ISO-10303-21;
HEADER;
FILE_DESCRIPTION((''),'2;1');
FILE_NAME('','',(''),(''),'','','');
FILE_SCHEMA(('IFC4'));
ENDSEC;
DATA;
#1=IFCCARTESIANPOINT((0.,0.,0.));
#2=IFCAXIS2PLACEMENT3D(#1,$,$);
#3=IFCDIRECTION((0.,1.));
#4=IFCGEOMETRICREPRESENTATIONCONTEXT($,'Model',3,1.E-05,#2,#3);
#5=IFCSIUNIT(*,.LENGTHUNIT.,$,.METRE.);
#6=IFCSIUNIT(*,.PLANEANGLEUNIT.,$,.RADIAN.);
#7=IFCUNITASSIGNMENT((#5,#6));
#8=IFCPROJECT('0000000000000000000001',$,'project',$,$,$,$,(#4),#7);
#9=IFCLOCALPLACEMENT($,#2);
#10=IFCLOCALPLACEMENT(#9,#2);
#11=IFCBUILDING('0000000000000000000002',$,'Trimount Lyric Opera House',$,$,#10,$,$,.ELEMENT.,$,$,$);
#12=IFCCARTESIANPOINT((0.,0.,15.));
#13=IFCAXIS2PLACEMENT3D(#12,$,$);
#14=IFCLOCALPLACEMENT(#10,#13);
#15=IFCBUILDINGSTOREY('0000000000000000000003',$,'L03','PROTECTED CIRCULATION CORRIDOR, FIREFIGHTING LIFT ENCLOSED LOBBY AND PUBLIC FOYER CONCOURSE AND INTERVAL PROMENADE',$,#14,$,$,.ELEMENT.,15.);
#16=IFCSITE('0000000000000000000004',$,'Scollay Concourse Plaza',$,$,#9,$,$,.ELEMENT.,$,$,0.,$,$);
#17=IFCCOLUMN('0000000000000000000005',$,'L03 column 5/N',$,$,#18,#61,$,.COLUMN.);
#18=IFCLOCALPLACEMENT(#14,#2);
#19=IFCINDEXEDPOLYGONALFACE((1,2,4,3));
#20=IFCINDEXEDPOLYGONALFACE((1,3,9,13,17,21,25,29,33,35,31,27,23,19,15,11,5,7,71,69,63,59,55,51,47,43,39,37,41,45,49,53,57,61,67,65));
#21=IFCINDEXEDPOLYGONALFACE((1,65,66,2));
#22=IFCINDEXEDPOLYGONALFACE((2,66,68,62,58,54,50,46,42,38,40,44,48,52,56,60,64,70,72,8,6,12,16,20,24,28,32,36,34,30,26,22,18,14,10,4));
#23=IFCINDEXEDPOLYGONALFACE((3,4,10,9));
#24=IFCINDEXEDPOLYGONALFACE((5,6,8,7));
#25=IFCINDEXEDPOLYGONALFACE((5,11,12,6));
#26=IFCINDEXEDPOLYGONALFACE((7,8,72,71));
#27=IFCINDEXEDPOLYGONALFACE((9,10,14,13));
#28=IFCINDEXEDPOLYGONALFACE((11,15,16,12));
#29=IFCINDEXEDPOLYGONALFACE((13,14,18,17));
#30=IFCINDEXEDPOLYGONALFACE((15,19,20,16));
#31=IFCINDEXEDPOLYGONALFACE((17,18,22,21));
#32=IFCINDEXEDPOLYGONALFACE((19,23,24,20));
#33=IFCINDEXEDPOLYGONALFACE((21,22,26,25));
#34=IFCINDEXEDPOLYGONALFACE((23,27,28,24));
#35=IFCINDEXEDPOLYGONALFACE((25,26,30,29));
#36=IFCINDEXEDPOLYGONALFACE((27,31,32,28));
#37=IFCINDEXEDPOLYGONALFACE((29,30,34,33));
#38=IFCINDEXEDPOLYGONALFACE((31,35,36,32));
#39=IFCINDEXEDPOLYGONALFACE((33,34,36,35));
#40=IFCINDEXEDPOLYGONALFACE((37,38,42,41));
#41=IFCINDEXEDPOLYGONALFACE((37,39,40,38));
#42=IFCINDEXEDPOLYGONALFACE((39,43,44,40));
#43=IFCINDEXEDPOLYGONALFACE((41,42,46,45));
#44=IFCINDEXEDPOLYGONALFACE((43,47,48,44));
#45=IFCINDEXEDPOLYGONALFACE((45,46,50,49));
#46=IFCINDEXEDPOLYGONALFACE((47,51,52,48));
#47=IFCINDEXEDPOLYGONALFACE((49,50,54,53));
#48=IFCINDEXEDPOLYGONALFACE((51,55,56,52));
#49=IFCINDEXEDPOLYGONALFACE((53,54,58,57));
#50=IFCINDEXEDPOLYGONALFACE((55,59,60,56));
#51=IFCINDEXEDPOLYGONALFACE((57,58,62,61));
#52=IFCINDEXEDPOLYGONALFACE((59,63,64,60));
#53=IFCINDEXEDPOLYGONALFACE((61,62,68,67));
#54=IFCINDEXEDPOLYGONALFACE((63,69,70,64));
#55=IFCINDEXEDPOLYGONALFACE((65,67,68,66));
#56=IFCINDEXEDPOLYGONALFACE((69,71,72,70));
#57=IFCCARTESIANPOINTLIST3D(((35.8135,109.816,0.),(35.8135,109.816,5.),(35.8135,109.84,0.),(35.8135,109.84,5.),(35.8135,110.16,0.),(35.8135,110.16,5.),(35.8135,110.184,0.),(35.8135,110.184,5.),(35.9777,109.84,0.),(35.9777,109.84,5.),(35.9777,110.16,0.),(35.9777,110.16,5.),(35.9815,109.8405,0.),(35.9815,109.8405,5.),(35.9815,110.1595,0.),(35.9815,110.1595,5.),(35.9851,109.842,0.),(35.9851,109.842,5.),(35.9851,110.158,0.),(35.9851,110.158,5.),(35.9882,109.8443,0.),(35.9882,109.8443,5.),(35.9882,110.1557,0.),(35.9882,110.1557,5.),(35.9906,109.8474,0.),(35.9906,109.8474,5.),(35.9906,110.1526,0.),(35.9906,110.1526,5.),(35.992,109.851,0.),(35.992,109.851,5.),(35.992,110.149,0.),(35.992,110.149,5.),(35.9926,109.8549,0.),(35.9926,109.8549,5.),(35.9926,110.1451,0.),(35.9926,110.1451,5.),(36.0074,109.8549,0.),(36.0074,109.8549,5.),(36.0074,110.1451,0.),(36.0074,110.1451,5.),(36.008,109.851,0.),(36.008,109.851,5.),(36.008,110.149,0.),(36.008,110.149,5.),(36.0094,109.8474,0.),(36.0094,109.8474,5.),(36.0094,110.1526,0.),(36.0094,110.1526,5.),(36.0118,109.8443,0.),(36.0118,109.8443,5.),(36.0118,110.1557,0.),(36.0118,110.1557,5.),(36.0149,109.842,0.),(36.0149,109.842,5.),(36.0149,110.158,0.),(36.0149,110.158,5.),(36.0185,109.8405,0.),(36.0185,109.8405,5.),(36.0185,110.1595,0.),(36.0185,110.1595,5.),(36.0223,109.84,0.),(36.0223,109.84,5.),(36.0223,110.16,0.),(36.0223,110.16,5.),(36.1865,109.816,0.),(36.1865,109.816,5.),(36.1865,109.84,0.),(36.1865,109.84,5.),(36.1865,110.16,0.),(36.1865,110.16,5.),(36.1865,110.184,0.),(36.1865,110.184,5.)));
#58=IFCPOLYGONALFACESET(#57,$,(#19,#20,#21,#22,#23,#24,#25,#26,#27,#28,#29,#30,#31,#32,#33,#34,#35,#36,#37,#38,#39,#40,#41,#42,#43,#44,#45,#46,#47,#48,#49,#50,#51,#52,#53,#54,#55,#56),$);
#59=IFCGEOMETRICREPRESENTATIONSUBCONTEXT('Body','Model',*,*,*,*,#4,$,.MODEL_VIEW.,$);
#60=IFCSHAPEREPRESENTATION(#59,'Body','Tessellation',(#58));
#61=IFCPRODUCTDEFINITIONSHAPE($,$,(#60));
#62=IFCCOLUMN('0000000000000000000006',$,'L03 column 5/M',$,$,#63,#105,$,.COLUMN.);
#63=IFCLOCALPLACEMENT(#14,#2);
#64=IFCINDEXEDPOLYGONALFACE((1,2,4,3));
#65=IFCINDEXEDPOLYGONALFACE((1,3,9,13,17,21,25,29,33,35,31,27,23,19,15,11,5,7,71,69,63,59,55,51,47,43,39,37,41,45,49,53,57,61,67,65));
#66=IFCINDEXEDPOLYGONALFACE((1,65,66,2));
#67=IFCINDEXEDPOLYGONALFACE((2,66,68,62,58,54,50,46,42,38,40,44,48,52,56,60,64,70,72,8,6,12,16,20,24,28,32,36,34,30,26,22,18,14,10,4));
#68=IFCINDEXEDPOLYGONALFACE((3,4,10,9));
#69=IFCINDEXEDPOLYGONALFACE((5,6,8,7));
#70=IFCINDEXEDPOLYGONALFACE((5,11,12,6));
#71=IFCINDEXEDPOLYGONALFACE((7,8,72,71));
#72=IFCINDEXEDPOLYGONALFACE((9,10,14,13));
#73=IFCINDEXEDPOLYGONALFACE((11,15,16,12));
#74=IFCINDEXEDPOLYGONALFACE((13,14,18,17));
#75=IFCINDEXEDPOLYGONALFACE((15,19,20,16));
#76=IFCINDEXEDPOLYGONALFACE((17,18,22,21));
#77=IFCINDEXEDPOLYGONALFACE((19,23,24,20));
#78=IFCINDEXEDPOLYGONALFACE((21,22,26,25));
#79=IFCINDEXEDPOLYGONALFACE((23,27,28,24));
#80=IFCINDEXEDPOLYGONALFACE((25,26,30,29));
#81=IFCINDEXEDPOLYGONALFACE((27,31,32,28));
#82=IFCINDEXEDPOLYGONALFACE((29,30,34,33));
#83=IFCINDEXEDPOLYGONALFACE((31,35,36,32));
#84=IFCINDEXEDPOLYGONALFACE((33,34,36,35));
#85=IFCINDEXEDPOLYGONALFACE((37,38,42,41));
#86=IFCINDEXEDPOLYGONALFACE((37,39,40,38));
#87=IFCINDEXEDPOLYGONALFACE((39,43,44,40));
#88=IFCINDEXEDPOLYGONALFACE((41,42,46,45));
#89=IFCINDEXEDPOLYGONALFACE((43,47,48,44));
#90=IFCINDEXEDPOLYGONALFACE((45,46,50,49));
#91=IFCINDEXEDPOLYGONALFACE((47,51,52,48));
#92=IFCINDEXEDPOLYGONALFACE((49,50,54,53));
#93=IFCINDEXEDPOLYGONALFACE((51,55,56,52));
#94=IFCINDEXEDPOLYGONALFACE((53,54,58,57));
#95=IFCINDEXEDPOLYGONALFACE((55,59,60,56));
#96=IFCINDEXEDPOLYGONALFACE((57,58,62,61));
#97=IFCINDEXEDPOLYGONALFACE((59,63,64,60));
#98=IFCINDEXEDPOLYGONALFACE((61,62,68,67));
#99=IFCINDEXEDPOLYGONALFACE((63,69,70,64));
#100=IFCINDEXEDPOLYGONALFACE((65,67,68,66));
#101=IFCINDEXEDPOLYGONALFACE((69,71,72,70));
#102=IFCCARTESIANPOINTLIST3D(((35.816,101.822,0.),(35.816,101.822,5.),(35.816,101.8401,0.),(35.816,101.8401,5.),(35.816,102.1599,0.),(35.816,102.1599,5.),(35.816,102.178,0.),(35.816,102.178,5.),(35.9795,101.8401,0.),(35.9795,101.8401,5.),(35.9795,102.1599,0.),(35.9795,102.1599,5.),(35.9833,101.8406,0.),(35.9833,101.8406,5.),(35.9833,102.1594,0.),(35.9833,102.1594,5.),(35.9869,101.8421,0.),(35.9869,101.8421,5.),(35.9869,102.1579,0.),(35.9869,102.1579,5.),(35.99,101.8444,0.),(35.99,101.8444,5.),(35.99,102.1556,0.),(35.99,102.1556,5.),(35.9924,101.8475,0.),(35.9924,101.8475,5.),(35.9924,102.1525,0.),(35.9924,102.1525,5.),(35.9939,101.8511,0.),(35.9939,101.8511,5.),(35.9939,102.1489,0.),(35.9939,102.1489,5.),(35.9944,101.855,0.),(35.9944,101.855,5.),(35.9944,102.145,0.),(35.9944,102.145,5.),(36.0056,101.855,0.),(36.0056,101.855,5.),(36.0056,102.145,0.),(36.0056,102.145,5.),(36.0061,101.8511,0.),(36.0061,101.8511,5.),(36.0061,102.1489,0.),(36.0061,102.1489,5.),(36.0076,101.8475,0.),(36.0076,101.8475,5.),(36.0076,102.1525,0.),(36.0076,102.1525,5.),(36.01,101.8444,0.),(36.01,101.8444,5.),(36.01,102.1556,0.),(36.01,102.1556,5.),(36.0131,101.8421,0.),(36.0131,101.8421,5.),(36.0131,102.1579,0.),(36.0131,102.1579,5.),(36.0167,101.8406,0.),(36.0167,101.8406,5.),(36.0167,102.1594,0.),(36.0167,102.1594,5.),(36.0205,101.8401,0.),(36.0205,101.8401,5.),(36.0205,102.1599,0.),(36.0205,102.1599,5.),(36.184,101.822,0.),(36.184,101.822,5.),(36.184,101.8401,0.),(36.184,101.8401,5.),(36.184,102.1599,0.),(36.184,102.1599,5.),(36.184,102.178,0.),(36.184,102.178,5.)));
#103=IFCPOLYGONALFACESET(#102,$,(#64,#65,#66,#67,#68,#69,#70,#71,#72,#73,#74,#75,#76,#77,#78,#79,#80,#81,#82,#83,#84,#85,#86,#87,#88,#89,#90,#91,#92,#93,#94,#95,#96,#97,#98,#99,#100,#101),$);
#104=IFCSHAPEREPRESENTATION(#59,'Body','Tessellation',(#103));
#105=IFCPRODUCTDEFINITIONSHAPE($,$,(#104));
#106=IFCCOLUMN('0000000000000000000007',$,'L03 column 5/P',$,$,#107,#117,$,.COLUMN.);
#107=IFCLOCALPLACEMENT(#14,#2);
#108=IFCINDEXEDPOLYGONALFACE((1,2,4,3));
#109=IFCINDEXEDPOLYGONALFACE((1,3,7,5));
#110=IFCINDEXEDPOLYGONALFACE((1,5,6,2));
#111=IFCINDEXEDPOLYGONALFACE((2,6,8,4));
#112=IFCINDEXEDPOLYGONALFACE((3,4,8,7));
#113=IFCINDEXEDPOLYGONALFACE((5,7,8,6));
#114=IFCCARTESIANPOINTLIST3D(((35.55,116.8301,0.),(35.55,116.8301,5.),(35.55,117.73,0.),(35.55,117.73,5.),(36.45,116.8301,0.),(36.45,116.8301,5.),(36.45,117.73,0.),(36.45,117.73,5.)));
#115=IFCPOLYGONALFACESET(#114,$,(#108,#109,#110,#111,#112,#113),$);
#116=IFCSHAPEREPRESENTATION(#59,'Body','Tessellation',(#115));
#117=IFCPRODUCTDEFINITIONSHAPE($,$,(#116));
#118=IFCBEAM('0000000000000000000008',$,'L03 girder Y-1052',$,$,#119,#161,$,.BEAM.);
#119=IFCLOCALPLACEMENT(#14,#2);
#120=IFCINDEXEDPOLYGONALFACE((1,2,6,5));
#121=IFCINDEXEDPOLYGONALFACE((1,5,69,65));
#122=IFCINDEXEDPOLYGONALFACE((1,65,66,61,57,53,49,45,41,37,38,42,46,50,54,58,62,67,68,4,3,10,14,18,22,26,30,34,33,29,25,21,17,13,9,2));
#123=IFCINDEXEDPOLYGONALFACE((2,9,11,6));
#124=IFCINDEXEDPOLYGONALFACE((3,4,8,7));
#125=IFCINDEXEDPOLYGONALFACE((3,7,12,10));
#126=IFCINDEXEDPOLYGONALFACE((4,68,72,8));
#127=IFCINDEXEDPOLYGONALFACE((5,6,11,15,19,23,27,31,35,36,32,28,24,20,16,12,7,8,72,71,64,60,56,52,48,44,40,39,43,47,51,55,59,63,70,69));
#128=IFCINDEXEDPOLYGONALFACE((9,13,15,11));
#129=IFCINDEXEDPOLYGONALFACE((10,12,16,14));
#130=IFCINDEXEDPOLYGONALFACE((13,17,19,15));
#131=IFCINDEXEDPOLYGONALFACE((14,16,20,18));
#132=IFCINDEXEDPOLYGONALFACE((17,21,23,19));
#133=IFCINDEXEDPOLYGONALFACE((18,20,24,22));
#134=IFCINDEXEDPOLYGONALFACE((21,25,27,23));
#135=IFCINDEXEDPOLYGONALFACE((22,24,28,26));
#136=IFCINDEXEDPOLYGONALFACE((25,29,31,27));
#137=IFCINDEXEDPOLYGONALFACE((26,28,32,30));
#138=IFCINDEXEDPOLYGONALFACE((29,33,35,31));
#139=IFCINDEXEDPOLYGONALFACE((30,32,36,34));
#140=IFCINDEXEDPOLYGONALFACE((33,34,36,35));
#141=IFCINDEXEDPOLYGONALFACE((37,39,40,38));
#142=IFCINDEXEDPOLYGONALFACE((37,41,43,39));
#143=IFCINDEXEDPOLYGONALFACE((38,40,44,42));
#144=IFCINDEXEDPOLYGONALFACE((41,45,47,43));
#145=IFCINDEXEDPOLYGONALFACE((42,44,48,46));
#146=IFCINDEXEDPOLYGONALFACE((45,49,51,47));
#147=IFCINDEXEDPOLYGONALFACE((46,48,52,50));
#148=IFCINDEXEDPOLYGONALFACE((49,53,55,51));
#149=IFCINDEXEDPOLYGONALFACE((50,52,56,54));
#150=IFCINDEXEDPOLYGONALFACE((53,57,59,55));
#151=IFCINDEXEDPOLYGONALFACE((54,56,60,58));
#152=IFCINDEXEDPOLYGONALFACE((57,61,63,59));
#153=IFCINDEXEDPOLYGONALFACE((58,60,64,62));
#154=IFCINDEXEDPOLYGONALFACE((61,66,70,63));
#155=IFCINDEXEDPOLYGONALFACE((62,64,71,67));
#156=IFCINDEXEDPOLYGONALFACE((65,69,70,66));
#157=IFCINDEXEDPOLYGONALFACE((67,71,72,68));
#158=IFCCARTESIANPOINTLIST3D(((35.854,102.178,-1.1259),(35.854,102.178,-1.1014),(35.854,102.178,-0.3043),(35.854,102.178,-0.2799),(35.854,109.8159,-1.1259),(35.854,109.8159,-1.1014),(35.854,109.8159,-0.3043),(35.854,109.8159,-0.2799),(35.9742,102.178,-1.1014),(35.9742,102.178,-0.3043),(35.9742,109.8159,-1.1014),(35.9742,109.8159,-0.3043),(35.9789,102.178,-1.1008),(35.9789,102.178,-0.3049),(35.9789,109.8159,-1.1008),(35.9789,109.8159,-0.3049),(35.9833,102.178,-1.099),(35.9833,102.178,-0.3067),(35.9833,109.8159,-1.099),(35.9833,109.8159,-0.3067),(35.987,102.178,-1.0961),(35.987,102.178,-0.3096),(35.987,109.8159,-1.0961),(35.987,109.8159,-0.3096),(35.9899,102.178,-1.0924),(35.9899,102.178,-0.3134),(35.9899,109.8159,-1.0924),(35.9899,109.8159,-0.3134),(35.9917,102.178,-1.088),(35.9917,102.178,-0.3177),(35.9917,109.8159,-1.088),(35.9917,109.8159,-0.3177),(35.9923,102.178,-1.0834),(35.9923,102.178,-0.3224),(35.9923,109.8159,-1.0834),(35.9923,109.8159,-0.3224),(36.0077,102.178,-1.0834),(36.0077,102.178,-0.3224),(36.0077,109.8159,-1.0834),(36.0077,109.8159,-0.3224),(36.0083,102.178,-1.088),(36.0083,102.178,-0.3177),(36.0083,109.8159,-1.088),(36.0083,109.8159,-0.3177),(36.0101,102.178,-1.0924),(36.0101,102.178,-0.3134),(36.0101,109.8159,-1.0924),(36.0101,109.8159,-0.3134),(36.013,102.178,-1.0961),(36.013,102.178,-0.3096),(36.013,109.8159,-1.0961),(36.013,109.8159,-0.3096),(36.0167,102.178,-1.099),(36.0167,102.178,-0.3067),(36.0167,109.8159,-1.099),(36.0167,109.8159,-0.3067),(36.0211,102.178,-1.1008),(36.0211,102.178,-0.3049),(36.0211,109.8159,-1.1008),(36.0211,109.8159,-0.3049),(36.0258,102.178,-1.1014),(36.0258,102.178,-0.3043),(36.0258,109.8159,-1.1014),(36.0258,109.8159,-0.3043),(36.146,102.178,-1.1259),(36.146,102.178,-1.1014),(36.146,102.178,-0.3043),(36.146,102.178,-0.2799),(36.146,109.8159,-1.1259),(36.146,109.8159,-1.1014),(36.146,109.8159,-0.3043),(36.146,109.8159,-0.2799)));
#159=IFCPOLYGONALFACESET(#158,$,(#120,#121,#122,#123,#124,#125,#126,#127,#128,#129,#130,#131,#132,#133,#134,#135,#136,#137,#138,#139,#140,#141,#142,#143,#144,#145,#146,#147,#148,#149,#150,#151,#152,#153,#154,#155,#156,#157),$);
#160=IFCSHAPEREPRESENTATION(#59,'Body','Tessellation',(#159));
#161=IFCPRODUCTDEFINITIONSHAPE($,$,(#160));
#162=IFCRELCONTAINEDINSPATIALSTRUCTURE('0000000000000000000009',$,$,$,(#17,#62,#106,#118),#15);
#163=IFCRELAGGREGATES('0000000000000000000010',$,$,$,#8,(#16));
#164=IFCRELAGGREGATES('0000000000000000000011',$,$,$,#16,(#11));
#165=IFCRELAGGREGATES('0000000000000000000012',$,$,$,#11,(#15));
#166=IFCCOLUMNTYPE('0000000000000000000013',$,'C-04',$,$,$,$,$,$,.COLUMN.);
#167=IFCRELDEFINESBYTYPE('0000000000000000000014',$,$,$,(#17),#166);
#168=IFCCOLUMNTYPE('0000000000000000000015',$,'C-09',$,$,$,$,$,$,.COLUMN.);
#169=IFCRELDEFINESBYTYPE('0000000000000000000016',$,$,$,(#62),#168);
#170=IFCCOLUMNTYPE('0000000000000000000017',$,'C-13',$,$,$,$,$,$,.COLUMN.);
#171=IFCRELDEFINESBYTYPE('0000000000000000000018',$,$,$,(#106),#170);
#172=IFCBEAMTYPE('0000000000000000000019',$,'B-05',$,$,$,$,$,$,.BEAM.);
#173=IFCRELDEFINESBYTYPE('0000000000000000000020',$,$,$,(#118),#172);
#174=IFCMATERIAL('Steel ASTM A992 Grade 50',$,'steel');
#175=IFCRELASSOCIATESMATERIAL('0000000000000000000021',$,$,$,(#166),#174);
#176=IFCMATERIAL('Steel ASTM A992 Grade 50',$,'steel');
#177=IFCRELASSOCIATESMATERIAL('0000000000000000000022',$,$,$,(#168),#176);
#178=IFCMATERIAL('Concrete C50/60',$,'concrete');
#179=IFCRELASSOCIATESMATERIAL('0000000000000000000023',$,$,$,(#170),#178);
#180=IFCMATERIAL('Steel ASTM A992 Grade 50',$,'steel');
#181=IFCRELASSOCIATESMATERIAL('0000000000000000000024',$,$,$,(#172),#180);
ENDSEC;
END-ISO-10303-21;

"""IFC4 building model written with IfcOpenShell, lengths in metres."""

from ifc_helpers import new_model, si_unit, direction, frame, origin, origin_2d, place, context, subcontext, project, spatial, rectangle, i_section, extrude, material, material_profile, profile_set, type_object, element, save


model = new_model("IFC4")

# Units and contexts
model_context = context("Model", 3, precision=1e-05, world=origin(), true_north=direction((0.0, 1.0)))
body_context = subcontext(model_context, "Body", "Model", "MODEL_VIEW")
ifc_project = project(units=[si_unit("LENGTHUNIT", "METRE"), si_unit("PLANEANGLEUNIT", "RADIAN")], contexts=[model_context])

# Site, building, storey
site_placement = place(None, origin())
site = spatial("IfcSite", under=ifc_project, at=site_placement, Name="Scollay Concourse Plaza", CompositionType="ELEMENT", RefElevation=0.0)
building_placement = place(site_placement, origin())
building = spatial("IfcBuilding", under=site, at=building_placement, Name="Trimount Lyric Opera House", CompositionType="ELEMENT")
storey_placement = place(building_placement, frame((0.0, 0.0, 15.0)))
storey = spatial("IfcBuildingStorey", under=building, at=storey_placement, Name="L03", Description="PROTECTED CIRCULATION CORRIDOR, FIREFIGHTING LIFT ENCLOSED LOBBY AND PUBLIC FOYER CONCOURSE AND INTERVAL PROMENADE", CompositionType="ELEMENT", Elevation=15.0)

# Columns
ifc_material_1 = material(Name="Steel ASTM A992 Grade 50", Category="steel")
ifc_material_profile_1 = material_profile(ifc_material_1, i_section(OverallWidth=0.373, OverallDepth=0.3679, WebThickness=0.0149, FlangeThickness=0.0239, FilletRadius=0.0149, at=origin_2d()), Name="W14X120")
ifc_profile_set_1 = profile_set([ifc_material_profile_1], Name="Steel ASTM A992 Grade 50")
column_type_1 = type_object("IfcColumnType", Name="C-04", PredefinedType="COLUMN", material=ifc_profile_set_1)
column_1_placement = place(storey_placement, frame((36.0, 110.0, 0.0), z_axis=(0.0, 0.0, 1.0), x_axis=(1.0, 0.0, 0.0)))
element("IfcColumn", 1, at=column_1_placement, inside=storey, type_object=column_type_1, Name="L03 column 5/N", PredefinedType="COLUMN", context=body_context, shape_type="SweptSolid", body=[
    extrude(i_section(OverallWidth=0.373, OverallDepth=0.3679, WebThickness=0.0149, FlangeThickness=0.0239, FilletRadius=0.0149, at=origin_2d()), origin(), (0.0, 0.0, 1.0), 5.0),
])
ifc_material_2 = material(Name="Steel ASTM A992 Grade 50", Category="steel")
ifc_material_profile_2 = material_profile(ifc_material_2, i_section(OverallWidth=0.3679, OverallDepth=0.356, WebThickness=0.0112, FlangeThickness=0.0181, FilletRadius=0.0149, at=origin_2d()), Name="W14X90")
ifc_profile_set_2 = profile_set([ifc_material_profile_2], Name="Steel ASTM A992 Grade 50")
column_type_2 = type_object("IfcColumnType", Name="C-09", PredefinedType="COLUMN", material=ifc_profile_set_2)
column_2_placement = place(storey_placement, frame((36.0, 102.0, 0.0), z_axis=(0.0, 0.0, 1.0), x_axis=(1.0, 0.0, 0.0)))
element("IfcColumn", 2, at=column_2_placement, inside=storey, type_object=column_type_2, Name="L03 column 5/M", PredefinedType="COLUMN", context=body_context, shape_type="SweptSolid", body=[
    extrude(i_section(OverallWidth=0.3679, OverallDepth=0.356, WebThickness=0.0112, FlangeThickness=0.0181, FilletRadius=0.0149, at=origin_2d()), origin(), (0.0, 0.0, 1.0), 5.0),
])
ifc_material_3 = material(Name="Concrete C50/60", Category="concrete")
ifc_material_profile_3 = material_profile(ifc_material_3, rectangle(XDim=0.8999, YDim=0.8999, at=origin_2d()), Name="RC900X900")
ifc_profile_set_3 = profile_set([ifc_material_profile_3], Name="Concrete C50/60")
column_type_3 = type_object("IfcColumnType", Name="C-13", PredefinedType="COLUMN", material=ifc_profile_set_3)
column_3_placement = place(storey_placement, frame((36.0, 117.28, 0.0), z_axis=(0.0, 0.0, 1.0), x_axis=(1.0, 0.0, 0.0)))
element("IfcColumn", 3, at=column_3_placement, inside=storey, type_object=column_type_3, Name="L03 column 5/P", PredefinedType="COLUMN", context=body_context, shape_type="SweptSolid", body=[
    extrude(rectangle(XDim=0.8999, YDim=0.8999, at=origin_2d()), origin(), (0.0, 0.0, 1.0), 5.0),
])

# Beam
ifc_material_4 = material(Name="Steel ASTM A992 Grade 50", Category="steel")
ifc_material_profile_4 = material_profile(ifc_material_4, i_section(OverallWidth=0.292, OverallDepth=0.8459, WebThickness=0.0154, FlangeThickness=0.0244, FilletRadius=0.0181, at=origin_2d()), Name="W33X141")
ifc_profile_set_4 = profile_set([ifc_material_profile_4], Name="Steel ASTM A992 Grade 50")
beam_type_1 = type_object("IfcBeamType", Name="B-05", PredefinedType="BEAM", material=ifc_profile_set_4)
beam_1_placement = place(storey_placement, frame((36.0, 102.178, -0.7029), z_axis=(0.0, 1.0, 0.0), x_axis=(-1.0, 0.0, 0.0)))
element("IfcBeam", 4, at=beam_1_placement, inside=storey, type_object=beam_type_1, Name="L03 girder Y-1052", PredefinedType="BEAM", context=body_context, shape_type="SweptSolid", body=[
    extrude(i_section(OverallWidth=0.292, OverallDepth=0.8459, WebThickness=0.0154, FlangeThickness=0.0244, FilletRadius=0.0181, at=origin_2d()), origin(), (0.0, 0.0, 1.0), 7.6379),
])

save(model, "model.ifc")
